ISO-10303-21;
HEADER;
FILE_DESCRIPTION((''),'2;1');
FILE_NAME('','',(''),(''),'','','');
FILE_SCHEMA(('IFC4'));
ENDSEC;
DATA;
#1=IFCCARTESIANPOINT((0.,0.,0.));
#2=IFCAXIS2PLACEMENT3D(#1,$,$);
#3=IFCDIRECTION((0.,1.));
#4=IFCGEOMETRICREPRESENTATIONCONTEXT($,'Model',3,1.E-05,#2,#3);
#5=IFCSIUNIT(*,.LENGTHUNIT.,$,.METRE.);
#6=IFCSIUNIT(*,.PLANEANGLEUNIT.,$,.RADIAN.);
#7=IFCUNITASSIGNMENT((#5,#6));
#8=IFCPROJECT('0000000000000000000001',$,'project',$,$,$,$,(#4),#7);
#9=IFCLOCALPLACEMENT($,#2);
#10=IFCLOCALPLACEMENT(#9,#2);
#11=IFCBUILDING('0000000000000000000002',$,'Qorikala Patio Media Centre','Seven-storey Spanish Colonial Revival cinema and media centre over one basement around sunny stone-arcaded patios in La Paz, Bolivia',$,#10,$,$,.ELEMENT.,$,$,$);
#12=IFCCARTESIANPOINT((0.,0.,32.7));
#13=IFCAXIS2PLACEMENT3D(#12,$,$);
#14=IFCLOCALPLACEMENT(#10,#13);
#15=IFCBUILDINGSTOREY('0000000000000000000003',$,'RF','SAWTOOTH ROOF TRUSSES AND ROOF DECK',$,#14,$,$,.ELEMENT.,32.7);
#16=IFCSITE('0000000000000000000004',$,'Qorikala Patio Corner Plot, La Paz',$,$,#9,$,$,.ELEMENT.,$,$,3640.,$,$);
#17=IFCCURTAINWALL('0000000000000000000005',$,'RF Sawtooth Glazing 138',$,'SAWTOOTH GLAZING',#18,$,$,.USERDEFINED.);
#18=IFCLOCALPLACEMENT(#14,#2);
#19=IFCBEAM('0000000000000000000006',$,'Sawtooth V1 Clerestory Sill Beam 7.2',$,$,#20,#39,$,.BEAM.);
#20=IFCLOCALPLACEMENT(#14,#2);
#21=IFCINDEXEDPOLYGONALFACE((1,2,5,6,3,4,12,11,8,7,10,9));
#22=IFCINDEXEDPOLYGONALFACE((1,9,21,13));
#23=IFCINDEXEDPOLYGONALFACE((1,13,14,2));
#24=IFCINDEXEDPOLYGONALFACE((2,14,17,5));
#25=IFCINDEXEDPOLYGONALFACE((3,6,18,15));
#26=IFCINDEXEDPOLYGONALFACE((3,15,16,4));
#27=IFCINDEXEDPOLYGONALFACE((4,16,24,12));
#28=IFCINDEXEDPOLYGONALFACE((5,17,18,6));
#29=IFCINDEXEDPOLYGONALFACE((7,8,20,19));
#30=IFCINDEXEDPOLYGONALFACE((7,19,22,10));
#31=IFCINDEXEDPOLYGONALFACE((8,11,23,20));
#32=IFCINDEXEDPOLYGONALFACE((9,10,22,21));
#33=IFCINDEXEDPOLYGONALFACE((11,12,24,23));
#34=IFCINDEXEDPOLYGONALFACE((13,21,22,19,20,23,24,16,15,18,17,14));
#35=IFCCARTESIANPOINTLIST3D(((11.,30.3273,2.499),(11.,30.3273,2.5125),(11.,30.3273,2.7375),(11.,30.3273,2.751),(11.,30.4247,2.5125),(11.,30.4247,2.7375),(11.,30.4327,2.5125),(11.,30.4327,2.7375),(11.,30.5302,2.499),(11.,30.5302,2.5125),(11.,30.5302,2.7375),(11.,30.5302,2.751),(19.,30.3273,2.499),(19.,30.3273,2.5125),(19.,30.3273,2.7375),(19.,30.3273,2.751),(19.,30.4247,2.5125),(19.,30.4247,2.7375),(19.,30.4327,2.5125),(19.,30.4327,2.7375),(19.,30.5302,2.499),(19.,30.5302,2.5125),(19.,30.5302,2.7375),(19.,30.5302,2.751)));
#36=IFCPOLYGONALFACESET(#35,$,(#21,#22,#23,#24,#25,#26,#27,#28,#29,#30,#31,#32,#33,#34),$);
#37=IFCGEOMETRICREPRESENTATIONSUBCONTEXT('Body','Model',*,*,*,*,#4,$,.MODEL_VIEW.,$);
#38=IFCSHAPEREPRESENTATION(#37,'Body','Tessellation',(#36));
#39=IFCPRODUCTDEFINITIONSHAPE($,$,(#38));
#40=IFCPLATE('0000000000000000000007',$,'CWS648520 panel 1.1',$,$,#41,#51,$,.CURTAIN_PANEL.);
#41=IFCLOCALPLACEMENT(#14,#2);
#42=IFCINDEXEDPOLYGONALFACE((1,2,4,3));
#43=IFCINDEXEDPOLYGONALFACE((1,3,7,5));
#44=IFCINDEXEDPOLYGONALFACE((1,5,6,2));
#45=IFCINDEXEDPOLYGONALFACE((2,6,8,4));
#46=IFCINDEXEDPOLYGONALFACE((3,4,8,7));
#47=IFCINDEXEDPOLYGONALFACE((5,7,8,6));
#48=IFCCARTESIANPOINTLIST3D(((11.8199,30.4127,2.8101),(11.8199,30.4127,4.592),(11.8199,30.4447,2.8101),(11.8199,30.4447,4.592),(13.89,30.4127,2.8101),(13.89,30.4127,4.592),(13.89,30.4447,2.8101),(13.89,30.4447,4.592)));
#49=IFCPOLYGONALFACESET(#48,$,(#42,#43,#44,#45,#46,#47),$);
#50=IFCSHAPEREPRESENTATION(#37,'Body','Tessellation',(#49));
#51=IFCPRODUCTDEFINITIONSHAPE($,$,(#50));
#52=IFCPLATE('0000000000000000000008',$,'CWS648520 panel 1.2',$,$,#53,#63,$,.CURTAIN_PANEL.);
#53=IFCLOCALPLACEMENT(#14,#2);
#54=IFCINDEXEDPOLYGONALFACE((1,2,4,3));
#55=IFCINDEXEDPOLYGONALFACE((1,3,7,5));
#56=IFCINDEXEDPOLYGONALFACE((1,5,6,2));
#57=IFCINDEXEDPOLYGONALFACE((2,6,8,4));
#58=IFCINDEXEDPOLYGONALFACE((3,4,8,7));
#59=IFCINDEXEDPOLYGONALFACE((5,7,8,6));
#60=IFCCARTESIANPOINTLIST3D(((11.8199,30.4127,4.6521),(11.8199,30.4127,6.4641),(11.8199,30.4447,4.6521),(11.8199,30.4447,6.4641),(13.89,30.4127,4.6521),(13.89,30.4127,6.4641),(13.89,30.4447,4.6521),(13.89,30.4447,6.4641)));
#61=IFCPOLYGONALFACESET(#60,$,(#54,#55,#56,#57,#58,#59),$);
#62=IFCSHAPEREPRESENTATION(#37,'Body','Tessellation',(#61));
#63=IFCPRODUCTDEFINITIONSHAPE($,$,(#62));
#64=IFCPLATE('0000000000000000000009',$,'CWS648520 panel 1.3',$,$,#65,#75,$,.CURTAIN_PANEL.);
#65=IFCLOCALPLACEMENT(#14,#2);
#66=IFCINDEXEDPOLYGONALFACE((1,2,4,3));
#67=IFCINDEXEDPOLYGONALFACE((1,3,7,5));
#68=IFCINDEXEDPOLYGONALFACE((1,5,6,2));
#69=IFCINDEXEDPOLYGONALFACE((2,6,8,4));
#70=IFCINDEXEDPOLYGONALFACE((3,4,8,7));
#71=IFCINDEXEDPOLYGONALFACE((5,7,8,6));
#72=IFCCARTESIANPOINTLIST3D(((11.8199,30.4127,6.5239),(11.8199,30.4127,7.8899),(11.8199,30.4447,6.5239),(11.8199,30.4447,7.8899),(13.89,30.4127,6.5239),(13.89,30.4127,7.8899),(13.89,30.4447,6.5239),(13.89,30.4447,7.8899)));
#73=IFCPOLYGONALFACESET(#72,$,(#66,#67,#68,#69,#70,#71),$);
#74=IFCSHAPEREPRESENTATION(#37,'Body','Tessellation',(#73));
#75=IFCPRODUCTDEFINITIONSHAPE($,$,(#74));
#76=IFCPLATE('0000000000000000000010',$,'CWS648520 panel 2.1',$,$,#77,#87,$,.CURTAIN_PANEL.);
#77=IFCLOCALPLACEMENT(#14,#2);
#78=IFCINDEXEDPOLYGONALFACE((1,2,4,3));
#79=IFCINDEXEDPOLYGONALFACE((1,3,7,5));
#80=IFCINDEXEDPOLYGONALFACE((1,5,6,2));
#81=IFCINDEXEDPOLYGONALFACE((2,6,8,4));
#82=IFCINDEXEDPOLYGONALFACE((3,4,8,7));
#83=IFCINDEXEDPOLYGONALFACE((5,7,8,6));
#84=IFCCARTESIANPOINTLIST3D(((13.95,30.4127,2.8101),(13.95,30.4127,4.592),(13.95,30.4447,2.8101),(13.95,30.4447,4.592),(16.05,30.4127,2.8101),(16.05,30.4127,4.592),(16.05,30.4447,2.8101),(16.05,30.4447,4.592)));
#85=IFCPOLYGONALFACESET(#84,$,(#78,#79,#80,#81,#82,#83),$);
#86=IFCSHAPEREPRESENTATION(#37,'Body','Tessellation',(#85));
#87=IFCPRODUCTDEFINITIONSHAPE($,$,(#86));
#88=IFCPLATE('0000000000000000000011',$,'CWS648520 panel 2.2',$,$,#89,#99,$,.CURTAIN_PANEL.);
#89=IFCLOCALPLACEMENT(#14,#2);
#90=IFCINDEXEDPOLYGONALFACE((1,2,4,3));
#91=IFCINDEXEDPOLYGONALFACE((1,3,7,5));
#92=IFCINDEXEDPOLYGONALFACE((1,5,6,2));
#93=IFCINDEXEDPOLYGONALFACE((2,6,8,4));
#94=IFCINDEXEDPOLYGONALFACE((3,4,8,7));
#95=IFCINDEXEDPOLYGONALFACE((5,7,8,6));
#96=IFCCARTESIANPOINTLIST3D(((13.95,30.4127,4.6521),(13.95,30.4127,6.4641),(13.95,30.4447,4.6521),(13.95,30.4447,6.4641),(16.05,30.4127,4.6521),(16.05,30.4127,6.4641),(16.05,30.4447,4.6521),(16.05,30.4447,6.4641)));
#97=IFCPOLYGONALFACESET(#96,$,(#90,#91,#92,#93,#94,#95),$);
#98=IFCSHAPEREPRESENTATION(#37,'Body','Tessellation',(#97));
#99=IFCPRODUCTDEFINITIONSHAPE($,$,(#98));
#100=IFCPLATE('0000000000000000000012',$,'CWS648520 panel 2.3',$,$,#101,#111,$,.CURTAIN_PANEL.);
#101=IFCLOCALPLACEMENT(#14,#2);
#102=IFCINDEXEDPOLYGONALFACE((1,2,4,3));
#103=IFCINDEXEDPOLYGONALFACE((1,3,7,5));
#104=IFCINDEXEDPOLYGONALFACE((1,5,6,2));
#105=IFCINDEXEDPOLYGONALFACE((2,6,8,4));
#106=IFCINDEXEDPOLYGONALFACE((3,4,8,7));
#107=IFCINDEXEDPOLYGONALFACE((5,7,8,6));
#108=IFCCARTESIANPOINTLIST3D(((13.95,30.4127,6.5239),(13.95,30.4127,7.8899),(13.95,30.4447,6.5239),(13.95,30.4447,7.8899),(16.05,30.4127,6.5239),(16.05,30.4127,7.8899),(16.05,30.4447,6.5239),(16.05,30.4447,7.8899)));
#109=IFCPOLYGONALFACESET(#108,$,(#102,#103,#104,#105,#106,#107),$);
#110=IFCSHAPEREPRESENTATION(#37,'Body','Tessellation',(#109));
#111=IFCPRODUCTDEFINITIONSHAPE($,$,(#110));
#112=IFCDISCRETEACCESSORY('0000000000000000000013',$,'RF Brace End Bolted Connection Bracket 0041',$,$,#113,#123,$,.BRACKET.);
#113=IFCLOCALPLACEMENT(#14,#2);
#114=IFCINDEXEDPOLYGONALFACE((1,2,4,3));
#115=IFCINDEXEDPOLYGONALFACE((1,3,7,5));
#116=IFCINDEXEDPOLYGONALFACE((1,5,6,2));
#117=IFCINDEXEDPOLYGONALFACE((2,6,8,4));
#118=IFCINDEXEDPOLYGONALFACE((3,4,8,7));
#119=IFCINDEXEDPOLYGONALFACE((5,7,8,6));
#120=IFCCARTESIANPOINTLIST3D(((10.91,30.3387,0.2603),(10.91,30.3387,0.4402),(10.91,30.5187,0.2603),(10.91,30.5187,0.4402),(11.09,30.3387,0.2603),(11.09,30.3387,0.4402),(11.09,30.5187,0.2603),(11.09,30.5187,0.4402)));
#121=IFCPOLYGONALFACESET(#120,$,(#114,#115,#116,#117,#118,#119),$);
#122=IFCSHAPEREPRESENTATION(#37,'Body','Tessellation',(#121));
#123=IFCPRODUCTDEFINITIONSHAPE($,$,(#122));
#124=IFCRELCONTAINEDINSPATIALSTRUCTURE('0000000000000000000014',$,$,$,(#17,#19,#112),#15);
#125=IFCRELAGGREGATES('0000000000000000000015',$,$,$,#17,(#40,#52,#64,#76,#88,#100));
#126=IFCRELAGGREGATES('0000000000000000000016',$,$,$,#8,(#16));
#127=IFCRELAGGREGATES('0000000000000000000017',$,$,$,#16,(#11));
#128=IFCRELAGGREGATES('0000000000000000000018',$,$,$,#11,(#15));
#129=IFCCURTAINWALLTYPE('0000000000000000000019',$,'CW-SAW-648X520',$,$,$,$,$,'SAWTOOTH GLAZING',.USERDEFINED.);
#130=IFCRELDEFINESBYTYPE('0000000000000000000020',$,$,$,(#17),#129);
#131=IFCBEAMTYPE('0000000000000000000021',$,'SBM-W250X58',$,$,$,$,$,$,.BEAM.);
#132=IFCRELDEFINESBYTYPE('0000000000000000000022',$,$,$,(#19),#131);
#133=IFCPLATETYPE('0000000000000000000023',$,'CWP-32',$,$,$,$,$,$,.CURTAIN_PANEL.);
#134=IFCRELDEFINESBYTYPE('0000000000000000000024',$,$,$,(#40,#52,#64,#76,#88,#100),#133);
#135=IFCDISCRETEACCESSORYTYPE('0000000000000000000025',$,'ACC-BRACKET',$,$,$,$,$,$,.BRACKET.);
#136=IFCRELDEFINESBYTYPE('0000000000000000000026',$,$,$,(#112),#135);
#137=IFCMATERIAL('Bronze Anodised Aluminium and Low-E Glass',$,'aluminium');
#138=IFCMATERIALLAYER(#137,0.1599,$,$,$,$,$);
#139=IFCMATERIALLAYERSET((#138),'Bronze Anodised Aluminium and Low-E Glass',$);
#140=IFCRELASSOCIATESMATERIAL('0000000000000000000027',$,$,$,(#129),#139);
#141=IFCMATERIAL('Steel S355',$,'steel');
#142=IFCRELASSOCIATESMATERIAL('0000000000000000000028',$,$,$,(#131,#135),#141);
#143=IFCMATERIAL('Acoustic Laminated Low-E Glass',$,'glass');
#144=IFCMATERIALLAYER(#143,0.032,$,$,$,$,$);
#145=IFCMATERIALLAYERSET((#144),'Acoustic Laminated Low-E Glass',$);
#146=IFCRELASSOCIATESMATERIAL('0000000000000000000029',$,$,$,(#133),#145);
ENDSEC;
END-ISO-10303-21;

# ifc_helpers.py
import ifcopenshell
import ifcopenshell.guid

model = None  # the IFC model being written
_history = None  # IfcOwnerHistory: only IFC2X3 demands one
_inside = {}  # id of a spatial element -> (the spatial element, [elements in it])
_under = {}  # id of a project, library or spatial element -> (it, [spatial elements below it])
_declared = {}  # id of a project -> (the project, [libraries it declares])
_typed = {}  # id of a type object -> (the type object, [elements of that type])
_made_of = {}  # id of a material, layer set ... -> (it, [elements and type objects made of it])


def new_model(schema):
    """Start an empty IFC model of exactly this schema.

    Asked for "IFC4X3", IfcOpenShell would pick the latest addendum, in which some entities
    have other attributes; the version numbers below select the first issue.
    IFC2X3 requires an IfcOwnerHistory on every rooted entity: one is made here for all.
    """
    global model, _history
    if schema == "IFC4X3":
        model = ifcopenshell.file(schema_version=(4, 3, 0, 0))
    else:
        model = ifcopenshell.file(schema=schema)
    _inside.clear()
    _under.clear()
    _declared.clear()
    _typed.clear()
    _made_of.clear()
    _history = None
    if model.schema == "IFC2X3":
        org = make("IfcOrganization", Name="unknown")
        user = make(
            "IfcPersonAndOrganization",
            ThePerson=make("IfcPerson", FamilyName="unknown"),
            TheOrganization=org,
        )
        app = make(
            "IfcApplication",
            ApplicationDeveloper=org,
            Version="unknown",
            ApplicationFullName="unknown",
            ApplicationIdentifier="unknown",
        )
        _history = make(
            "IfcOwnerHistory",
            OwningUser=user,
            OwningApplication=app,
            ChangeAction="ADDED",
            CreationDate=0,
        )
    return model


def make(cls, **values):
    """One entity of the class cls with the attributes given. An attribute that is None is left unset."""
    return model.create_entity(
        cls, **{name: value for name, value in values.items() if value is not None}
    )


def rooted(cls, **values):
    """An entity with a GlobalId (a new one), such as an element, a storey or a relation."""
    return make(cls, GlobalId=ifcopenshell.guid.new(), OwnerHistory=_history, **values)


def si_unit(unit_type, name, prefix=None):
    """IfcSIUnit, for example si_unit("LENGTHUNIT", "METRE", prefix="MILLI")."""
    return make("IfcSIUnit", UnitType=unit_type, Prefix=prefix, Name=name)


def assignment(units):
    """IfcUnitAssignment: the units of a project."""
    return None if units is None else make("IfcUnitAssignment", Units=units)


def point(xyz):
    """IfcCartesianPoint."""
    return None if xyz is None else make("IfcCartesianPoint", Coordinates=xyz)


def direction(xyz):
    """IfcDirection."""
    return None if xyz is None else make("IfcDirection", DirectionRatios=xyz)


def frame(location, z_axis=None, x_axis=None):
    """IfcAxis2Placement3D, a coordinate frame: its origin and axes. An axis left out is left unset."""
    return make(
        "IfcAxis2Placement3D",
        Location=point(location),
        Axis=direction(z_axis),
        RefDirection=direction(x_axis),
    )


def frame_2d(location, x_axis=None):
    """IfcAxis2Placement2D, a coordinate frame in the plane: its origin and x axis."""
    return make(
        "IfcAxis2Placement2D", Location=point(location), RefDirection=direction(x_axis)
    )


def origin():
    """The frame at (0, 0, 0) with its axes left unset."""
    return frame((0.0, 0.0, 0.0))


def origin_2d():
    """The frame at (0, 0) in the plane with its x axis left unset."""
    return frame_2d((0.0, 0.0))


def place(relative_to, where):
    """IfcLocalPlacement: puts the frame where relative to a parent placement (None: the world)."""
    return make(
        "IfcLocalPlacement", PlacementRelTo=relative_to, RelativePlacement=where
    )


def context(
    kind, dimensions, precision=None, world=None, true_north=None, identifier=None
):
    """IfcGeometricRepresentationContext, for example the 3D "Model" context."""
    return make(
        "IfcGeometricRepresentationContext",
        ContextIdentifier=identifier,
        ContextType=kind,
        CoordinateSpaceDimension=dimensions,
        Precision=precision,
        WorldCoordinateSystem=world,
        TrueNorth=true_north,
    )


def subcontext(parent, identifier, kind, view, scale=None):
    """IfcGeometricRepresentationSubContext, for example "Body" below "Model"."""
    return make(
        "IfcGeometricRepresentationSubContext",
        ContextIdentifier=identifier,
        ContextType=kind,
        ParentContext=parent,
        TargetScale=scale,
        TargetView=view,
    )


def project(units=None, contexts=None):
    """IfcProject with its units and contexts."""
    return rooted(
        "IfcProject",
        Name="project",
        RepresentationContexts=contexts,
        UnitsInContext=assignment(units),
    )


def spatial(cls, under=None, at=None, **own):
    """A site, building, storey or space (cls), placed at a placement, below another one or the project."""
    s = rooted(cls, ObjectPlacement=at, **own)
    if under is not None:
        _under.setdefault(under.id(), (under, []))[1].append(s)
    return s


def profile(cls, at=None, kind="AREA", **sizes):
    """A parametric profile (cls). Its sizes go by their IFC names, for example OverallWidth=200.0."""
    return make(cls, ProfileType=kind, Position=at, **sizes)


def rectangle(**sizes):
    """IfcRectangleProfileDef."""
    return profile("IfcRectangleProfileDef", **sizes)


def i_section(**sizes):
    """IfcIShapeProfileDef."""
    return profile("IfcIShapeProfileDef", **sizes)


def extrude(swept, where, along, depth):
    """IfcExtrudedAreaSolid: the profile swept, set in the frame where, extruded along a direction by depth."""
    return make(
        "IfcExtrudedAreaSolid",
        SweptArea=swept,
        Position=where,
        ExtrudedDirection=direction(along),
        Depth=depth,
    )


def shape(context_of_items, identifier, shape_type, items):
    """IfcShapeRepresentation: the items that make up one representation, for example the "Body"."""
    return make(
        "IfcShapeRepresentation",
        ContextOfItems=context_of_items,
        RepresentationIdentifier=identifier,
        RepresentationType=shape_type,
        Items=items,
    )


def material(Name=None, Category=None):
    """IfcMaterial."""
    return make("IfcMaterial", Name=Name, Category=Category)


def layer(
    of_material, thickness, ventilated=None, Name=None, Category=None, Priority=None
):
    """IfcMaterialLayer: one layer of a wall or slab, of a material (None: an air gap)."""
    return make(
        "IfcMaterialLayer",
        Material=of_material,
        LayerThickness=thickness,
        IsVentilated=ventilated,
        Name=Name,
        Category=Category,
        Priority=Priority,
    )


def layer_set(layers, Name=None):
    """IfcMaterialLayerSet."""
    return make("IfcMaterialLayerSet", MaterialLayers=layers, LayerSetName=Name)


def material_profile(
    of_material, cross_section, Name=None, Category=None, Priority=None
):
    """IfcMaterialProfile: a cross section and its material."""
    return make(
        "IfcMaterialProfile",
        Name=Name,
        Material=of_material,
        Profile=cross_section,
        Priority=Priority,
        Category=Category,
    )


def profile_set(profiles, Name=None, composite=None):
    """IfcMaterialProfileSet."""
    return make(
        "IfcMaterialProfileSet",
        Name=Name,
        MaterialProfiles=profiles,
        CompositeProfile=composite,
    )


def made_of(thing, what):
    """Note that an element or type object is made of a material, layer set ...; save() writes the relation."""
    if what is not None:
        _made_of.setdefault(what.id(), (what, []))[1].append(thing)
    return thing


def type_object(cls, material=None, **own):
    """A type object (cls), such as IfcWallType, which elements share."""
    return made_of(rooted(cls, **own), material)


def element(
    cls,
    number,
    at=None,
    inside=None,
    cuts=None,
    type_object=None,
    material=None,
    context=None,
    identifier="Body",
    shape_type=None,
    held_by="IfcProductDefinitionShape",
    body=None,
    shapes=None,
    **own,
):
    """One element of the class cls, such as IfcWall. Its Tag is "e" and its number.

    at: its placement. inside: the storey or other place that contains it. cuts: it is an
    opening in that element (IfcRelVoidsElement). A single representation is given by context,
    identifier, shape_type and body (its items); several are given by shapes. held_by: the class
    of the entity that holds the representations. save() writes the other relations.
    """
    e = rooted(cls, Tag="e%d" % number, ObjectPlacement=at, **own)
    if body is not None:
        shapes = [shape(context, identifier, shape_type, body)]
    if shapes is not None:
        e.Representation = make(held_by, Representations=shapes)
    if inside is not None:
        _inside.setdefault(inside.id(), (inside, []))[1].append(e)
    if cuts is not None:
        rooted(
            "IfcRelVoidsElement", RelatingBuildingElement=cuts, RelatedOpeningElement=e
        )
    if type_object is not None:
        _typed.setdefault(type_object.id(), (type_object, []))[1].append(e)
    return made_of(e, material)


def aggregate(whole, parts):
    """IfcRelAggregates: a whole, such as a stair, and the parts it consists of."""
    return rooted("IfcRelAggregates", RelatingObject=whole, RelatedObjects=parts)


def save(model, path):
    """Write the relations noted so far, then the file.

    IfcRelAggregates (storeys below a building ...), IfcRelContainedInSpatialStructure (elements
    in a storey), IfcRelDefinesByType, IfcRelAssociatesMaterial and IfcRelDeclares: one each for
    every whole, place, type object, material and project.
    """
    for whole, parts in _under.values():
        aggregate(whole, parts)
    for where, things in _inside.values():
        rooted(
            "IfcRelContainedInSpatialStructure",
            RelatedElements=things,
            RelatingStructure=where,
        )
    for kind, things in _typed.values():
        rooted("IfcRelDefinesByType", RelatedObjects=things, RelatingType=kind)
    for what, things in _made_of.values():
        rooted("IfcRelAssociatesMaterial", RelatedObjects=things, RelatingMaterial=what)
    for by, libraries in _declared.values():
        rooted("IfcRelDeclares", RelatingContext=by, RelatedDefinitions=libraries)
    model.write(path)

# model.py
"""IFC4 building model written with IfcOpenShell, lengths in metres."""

from ifc_helpers import new_model, si_unit, direction, frame, origin, origin_2d, place, context, subcontext, project, spatial, rectangle, i_section, extrude, material, layer, layer_set, material_profile, profile_set, type_object, element, aggregate, save


model = new_model("IFC4")

# Units and contexts
model_context = context("Model", 3, precision=1e-05, world=origin(), true_north=direction((0.0, 1.0)))
body_context = subcontext(model_context, "Body", "Model", "MODEL_VIEW")
ifc_project = project(units=[si_unit("LENGTHUNIT", "METRE"), si_unit("PLANEANGLEUNIT", "RADIAN")], contexts=[model_context])

# Site, building, storey
site_placement = place(None, origin())
site = spatial("IfcSite", under=ifc_project, at=site_placement, Name="Qorikala Patio Corner Plot, La Paz", CompositionType="ELEMENT", RefElevation=3640.0)
building_placement = place(site_placement, origin())
building = spatial("IfcBuilding", under=site, at=building_placement, Name="Qorikala Patio Media Centre", Description="Seven-storey Spanish Colonial Revival cinema and media centre over one basement around sunny stone-arcaded patios in La Paz, Bolivia", CompositionType="ELEMENT")
storey_placement = place(building_placement, frame((0.0, 0.0, 32.7)))
storey = spatial("IfcBuildingStorey", under=building, at=storey_placement, Name="RF", Description="SAWTOOTH ROOF TRUSSES AND ROOF DECK", CompositionType="ELEMENT", Elevation=32.7)

# Curtain wall
ifc_material_1 = material(Name="Bronze Anodised Aluminium and Low-E Glass", Category="aluminium")
ifc_layer_1 = layer(ifc_material_1, 0.1599)
ifc_layer_set_1 = layer_set([ifc_layer_1], Name="Bronze Anodised Aluminium and Low-E Glass")
curtain_wall_type = type_object("IfcCurtainWallType", Name="CW-SAW-648X520", ElementType="SAWTOOTH GLAZING", PredefinedType="USERDEFINED", material=ifc_layer_set_1)
curtain_wall_placement = place(storey_placement, origin())
curtain_wall = element("IfcCurtainWall", 1, at=curtain_wall_placement, inside=storey, type_object=curtain_wall_type, Name="RF Sawtooth Glazing 138", ObjectType="SAWTOOTH GLAZING", PredefinedType="USERDEFINED")

# Beam
ifc_material_2 = material(Name="Steel S355", Category="steel")
ifc_material_profile_1 = material_profile(ifc_material_2, i_section(OverallWidth=0.2029, OverallDepth=0.252, WebThickness=0.0081, FlangeThickness=0.0134, at=origin_2d()), Name="W250X58")
ifc_profile_set_1 = profile_set([ifc_material_profile_1], Name="Steel S355")
beam_type = type_object("IfcBeamType", Name="SBM-W250X58", PredefinedType="BEAM", material=ifc_profile_set_1)
beam_placement = place(storey_placement, frame((11.0, 30.4287, 2.625), z_axis=(1.0, 0.0, 0.0), x_axis=(0.0, 1.0, 0.0)))
element("IfcBeam", 2, at=beam_placement, inside=storey, type_object=beam_type, Name="Sawtooth V1 Clerestory Sill Beam 7.2", PredefinedType="BEAM", context=body_context, shape_type="SweptSolid", body=[
    extrude(i_section(OverallWidth=0.2029, OverallDepth=0.252, WebThickness=0.0081, FlangeThickness=0.0134, at=origin_2d()), origin(), (0.0, 0.0, 1.0), 8.0),
])

# Plates
ifc_material_3 = material(Name="Acoustic Laminated Low-E Glass", Category="glass")
ifc_layer_2 = layer(ifc_material_3, 0.032)
ifc_layer_set_2 = layer_set([ifc_layer_2], Name="Acoustic Laminated Low-E Glass")
plate_type = type_object("IfcPlateType", Name="CWP-32", PredefinedType="CURTAIN_PANEL", material=ifc_layer_set_2)
plate_1_placement = place(storey_placement, frame((12.855, 30.4287, 2.8101), z_axis=(0.0, 0.0, 1.0), x_axis=(1.0, 0.0, 0.0)))
plate_1 = element("IfcPlate", 3, at=plate_1_placement, type_object=plate_type, Name="CWS648520 panel 1.1", PredefinedType="CURTAIN_PANEL", context=body_context, shape_type="SweptSolid", body=[
    extrude(rectangle(XDim=2.0701, YDim=0.032, at=origin_2d()), origin(), (0.0, 0.0, 1.0), 1.782),
])
plate_2_placement = place(storey_placement, frame((12.855, 30.4287, 4.6521), z_axis=(0.0, 0.0, 1.0), x_axis=(1.0, 0.0, 0.0)))
plate_2 = element("IfcPlate", 4, at=plate_2_placement, type_object=plate_type, Name="CWS648520 panel 1.2", PredefinedType="CURTAIN_PANEL", context=body_context, shape_type="SweptSolid", body=[
    extrude(rectangle(XDim=2.0701, YDim=0.032, at=origin_2d()), origin(), (0.0, 0.0, 1.0), 1.812),
])
plate_3_placement = place(storey_placement, frame((12.855, 30.4287, 6.5239), z_axis=(0.0, 0.0, 1.0), x_axis=(1.0, 0.0, 0.0)))
plate_3 = element("IfcPlate", 5, at=plate_3_placement, type_object=plate_type, Name="CWS648520 panel 1.3", PredefinedType="CURTAIN_PANEL", context=body_context, shape_type="SweptSolid", body=[
    extrude(rectangle(XDim=2.0701, YDim=0.032, at=origin_2d()), origin(), (0.0, 0.0, 1.0), 1.366),
])
plate_4_placement = place(storey_placement, frame((15.0, 30.4287, 2.8101), z_axis=(0.0, 0.0, 1.0), x_axis=(1.0, 0.0, 0.0)))
plate_4 = element("IfcPlate", 6, at=plate_4_placement, type_object=plate_type, Name="CWS648520 panel 2.1", PredefinedType="CURTAIN_PANEL", context=body_context, shape_type="SweptSolid", body=[
    extrude(rectangle(XDim=2.1001, YDim=0.032, at=origin_2d()), origin(), (0.0, 0.0, 1.0), 1.782),
])
plate_5_placement = place(storey_placement, frame((15.0, 30.4287, 4.6521), z_axis=(0.0, 0.0, 1.0), x_axis=(1.0, 0.0, 0.0)))
plate_5 = element("IfcPlate", 7, at=plate_5_placement, type_object=plate_type, Name="CWS648520 panel 2.2", PredefinedType="CURTAIN_PANEL", context=body_context, shape_type="SweptSolid", body=[
    extrude(rectangle(XDim=2.1001, YDim=0.032, at=origin_2d()), origin(), (0.0, 0.0, 1.0), 1.812),
])
plate_6_placement = place(storey_placement, frame((15.0, 30.4287, 6.5239), z_axis=(0.0, 0.0, 1.0), x_axis=(1.0, 0.0, 0.0)))
plate_6 = element("IfcPlate", 8, at=plate_6_placement, type_object=plate_type, Name="CWS648520 panel 2.3", PredefinedType="CURTAIN_PANEL", context=body_context, shape_type="SweptSolid", body=[
    extrude(rectangle(XDim=2.1001, YDim=0.032, at=origin_2d()), origin(), (0.0, 0.0, 1.0), 1.366),
])
aggregate(curtain_wall, [plate_1, plate_2, plate_3, plate_4, plate_5, plate_6])

# Discrete accessory
discrete_accessory_type = type_object("IfcDiscreteAccessoryType", Name="ACC-BRACKET", PredefinedType="BRACKET", material=ifc_material_2)
discrete_accessory_placement = place(storey_placement, frame((11.0, 30.4287, 0.2603), z_axis=(0.0, 0.0, 1.0), x_axis=(1.0, 0.0, 0.0)))
element("IfcDiscreteAccessory", 9, at=discrete_accessory_placement, inside=storey, type_object=discrete_accessory_type, Name="RF Brace End Bolted Connection Bracket 0041", PredefinedType="BRACKET", context=body_context, shape_type="SweptSolid", body=[
    extrude(rectangle(XDim=0.1799, YDim=0.1799, at=origin_2d()), origin(), (0.0, 0.0, 1.0), 0.1799),
])

save(model, "model.ifc")
